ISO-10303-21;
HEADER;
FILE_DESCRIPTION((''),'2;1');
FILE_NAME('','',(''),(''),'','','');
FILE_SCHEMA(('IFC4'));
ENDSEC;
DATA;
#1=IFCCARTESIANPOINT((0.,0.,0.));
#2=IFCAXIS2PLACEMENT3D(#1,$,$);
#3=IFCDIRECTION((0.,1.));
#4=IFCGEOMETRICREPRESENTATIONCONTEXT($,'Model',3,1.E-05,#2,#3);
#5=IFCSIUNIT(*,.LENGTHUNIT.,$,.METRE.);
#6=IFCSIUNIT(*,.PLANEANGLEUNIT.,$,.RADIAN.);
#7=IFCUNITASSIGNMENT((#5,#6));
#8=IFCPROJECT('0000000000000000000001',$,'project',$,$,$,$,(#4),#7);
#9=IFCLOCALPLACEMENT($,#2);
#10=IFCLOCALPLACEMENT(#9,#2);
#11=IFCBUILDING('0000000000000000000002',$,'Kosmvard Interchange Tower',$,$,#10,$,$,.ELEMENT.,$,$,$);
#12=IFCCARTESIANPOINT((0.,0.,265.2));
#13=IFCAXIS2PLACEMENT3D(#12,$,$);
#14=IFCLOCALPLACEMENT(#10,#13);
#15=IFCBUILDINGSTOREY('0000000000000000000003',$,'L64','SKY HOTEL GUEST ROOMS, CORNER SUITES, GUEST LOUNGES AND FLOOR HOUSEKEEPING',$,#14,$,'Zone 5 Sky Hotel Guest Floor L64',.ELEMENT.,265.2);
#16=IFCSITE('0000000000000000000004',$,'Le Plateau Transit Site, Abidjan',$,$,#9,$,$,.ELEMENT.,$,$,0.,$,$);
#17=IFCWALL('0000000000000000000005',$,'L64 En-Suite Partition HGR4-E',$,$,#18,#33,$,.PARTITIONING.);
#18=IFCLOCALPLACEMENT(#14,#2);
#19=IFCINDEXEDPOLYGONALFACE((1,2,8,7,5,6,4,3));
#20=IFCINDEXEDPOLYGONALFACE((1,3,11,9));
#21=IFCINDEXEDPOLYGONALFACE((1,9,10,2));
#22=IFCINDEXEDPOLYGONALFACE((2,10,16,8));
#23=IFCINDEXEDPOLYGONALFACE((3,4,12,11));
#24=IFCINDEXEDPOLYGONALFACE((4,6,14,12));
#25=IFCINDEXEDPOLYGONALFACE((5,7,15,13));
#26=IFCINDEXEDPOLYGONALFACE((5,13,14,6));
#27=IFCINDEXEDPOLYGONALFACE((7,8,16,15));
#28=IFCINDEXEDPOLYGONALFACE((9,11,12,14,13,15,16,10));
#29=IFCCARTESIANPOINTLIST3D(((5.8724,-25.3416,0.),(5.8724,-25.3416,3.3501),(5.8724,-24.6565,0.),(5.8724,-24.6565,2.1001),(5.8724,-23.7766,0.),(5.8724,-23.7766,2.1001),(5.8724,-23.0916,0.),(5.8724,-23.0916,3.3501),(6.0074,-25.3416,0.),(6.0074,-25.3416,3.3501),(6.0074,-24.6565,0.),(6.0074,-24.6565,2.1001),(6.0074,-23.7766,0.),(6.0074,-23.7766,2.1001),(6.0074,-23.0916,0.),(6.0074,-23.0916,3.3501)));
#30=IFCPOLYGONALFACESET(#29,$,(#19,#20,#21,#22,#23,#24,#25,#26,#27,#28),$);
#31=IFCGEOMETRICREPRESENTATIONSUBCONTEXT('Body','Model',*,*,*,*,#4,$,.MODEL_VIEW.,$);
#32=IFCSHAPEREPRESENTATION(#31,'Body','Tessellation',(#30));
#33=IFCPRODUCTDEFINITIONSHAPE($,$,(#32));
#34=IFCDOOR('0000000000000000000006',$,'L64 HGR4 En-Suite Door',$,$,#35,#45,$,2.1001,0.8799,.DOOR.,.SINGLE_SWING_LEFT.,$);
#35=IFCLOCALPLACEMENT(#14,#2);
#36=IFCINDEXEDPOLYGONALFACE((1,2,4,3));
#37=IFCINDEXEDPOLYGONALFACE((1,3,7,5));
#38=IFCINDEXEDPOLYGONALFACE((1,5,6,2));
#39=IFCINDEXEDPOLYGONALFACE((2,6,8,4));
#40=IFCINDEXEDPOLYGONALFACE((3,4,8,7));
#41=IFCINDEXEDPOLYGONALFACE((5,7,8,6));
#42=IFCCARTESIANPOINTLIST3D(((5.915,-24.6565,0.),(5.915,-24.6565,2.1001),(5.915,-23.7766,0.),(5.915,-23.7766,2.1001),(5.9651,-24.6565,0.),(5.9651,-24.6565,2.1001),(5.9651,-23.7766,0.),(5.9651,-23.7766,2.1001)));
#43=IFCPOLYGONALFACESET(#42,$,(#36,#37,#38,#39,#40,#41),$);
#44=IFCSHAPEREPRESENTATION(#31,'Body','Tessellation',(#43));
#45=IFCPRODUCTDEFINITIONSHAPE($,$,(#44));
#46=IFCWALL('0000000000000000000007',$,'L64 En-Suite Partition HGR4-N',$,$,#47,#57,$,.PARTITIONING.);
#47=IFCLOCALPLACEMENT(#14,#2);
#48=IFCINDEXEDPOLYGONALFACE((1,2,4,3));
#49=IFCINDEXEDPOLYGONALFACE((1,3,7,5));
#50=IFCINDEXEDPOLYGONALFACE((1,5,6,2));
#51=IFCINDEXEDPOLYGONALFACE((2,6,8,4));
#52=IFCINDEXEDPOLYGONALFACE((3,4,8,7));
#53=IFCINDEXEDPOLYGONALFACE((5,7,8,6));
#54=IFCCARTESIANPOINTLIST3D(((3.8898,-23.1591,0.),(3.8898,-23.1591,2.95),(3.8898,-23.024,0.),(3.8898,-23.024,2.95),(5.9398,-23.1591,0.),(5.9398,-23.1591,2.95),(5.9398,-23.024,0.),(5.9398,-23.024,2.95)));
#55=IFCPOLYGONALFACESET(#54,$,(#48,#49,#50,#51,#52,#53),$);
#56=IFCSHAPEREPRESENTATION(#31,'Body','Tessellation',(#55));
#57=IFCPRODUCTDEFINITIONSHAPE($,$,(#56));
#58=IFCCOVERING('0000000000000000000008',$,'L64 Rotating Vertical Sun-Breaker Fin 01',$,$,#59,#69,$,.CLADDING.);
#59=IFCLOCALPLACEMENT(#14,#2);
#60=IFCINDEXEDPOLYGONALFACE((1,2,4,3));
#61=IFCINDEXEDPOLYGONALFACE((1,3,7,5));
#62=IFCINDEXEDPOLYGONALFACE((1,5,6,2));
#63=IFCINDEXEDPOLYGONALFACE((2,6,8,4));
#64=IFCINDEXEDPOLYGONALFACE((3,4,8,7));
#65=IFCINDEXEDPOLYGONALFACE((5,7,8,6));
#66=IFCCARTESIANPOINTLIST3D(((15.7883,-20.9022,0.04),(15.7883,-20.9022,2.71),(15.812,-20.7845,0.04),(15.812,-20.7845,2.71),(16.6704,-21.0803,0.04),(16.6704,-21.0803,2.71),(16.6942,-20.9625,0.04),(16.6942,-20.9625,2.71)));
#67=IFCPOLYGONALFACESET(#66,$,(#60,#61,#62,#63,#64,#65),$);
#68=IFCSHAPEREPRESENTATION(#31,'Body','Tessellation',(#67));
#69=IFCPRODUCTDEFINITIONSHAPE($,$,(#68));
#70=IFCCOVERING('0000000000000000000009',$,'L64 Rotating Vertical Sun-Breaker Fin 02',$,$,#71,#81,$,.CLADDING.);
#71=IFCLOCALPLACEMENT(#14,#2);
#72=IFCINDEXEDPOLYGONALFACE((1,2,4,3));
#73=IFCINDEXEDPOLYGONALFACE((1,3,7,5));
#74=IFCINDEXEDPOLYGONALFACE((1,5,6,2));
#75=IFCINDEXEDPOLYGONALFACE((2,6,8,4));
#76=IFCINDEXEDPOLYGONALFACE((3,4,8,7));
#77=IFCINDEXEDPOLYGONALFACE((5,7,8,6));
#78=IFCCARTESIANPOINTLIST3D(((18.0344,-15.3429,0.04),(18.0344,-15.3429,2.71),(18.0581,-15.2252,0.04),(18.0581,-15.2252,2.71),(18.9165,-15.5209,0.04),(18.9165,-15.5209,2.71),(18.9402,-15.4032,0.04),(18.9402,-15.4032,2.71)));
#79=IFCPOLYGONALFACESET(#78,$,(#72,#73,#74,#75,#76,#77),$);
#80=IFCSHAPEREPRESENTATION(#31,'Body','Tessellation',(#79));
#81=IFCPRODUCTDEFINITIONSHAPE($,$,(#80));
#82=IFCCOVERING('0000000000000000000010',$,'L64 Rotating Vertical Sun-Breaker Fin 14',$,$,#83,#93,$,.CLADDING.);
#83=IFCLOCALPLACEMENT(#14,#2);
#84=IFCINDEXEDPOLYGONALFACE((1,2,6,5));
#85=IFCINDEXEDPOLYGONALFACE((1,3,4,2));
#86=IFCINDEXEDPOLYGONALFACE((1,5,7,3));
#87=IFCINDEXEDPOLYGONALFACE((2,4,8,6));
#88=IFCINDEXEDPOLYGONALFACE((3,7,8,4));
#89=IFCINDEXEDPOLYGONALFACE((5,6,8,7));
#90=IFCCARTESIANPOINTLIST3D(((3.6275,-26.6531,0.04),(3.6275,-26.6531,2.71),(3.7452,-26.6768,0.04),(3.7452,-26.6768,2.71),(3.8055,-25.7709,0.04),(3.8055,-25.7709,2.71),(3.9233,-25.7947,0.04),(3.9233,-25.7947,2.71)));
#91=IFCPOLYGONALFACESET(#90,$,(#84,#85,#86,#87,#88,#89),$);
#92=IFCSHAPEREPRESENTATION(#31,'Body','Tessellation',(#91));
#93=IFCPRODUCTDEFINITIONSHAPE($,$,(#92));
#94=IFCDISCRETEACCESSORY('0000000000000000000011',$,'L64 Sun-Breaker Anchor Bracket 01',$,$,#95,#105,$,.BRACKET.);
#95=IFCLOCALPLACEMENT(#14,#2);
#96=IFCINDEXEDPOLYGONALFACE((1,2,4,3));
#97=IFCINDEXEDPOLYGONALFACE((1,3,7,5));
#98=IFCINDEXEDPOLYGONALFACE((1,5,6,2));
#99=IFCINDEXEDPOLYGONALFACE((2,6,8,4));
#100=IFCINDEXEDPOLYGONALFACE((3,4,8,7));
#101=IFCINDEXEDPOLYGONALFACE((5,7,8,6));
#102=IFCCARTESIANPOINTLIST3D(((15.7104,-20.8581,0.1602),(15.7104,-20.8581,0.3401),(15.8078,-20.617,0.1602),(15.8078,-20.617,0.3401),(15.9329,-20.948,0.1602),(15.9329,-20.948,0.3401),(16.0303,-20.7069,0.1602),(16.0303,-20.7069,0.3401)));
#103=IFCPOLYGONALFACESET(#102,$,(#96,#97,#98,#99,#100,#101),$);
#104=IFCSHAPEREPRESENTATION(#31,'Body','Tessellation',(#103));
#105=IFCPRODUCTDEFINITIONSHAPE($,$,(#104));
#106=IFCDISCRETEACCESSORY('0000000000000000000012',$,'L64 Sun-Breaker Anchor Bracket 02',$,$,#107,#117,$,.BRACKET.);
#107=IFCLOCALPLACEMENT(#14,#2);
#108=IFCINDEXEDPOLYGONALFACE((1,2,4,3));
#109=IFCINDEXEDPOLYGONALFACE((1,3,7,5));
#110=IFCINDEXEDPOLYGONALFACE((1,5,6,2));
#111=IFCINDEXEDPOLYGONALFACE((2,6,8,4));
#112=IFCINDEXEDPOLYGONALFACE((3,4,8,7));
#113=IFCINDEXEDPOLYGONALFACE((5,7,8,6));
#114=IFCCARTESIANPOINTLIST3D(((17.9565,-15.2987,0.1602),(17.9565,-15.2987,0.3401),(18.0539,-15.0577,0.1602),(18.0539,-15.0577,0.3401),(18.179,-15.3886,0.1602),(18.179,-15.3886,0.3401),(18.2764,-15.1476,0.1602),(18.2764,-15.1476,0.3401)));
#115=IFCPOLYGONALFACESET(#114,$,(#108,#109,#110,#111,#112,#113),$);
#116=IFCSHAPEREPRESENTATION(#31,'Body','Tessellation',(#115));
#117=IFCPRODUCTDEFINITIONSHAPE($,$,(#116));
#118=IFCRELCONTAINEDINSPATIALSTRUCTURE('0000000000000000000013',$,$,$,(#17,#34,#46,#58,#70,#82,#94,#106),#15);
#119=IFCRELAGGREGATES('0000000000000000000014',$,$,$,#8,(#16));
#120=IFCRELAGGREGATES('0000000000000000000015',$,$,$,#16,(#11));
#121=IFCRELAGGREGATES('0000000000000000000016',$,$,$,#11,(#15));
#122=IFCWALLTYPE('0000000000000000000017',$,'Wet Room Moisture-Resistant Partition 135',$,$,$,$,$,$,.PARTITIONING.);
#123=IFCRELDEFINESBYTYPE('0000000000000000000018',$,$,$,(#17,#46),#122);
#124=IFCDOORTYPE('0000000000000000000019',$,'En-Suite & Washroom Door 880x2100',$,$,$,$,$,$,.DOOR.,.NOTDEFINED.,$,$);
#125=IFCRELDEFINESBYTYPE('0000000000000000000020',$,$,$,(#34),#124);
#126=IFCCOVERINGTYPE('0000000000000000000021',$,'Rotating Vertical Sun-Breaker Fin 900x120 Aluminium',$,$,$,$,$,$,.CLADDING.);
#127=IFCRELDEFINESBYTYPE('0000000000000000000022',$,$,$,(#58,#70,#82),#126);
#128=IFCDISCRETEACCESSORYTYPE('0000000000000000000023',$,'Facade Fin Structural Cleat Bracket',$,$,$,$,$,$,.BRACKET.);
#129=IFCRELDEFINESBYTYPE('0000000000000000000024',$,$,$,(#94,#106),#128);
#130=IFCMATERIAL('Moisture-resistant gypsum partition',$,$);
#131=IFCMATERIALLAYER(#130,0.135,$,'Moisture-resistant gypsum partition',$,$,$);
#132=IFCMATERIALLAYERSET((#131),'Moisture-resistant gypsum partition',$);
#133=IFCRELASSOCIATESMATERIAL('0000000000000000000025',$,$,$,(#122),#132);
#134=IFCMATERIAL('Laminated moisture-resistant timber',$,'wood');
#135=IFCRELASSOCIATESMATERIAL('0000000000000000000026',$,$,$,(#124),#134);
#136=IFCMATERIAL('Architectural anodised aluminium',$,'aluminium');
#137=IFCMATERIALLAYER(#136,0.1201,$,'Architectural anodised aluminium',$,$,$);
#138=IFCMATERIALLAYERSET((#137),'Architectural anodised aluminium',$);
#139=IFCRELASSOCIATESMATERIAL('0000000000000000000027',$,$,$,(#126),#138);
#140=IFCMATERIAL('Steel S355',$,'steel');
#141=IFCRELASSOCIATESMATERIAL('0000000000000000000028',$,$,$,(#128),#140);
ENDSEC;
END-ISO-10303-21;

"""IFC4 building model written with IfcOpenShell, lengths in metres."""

from ifc_helpers import new_model, si_unit, direction, frame, frame_2d, origin, origin_2d, place, context, subcontext, project, spatial, rectangle, extrude, source, transform, mapped, material, layer, layer_set, type_object, element, fill, save


model = new_model("IFC4")

# Units and contexts
model_context = context("Model", 3, precision=1e-05, world=origin(), true_north=direction((0.0, 1.0)))
body_context = subcontext(model_context, "Body", "Model", "MODEL_VIEW")
ifc_project = project(units=[si_unit("LENGTHUNIT", "METRE"), si_unit("PLANEANGLEUNIT", "RADIAN")], contexts=[model_context])

# Site, building, storey
site_placement = place(None, origin())
site = spatial("IfcSite", under=ifc_project, at=site_placement, Name="Le Plateau Transit Site, Abidjan", CompositionType="ELEMENT", RefElevation=0.0)
building_placement = place(site_placement, origin())
building = spatial("IfcBuilding", under=site, at=building_placement, Name="Kosmvard Interchange Tower", CompositionType="ELEMENT")
storey_placement = place(building_placement, frame((0.0, 0.0, 265.2)))
storey = spatial("IfcBuildingStorey", under=building, at=storey_placement, Name="L64", Description="SKY HOTEL GUEST ROOMS, CORNER SUITES, GUEST LOUNGES AND FLOOR HOUSEKEEPING", LongName="Zone 5 Sky Hotel Guest Floor L64", CompositionType="ELEMENT", Elevation=265.2)

# Shared definitions
ifc_material_1 = material(Name="Steel S355", Category="steel")

# Shared definitions
ifc_material_2 = material(Name="Moisture-resistant gypsum partition")
ifc_layer_1 = layer(ifc_material_2, 0.135, Name="Moisture-resistant gypsum partition")
ifc_layer_set_1 = layer_set([ifc_layer_1], Name="Moisture-resistant gypsum partition")
wall_type_1 = type_object("IfcWallType", Name="Wet Room Moisture-Resistant Partition 135", PredefinedType="PARTITIONING", material=ifc_layer_set_1)

# Wall, opening, door
wall_1_placement = place(storey_placement, frame((5.9399, -25.3416, 0.0), z_axis=(0.0, 0.0, 1.0), x_axis=(0.0, 1.0, 0.0)))
wall_1 = element("IfcWall", 1, at=wall_1_placement, inside=storey, type_object=wall_type_1, Name="L64 En-Suite Partition HGR4-E", PredefinedType="PARTITIONING", context=body_context, shape_type="SweptSolid", body=[
    extrude(rectangle(XDim=2.25, YDim=0.135, at=frame_2d((1.125, 0.0))), origin(), (0.0, 0.0, 1.0), 3.3501),
])
opening_1_placement = place(wall_1_placement, frame((0.6851, 0.0, 0.0)))
opening_1 = element("IfcOpeningElement", 2, at=opening_1_placement, cuts=wall_1, PredefinedType="OPENING", context=body_context, shape_type="SweptSolid", body=[
    extrude(rectangle(XDim=0.8799, YDim=2.1001, at=frame_2d((0.4399, 1.05))), frame((0.0, 0.0776, 0.0), z_axis=(0.0, -1.0, 0.0), x_axis=(1.0, 0.0, 0.0)), (0.0, 0.0, 1.0), 0.155),
])
ifc_material_3 = material(Name="Laminated moisture-resistant timber", Category="wood")
door_type = type_object("IfcDoorType", Name="En-Suite & Washroom Door 880x2100", OperationType="NOTDEFINED", PredefinedType="DOOR", material=ifc_material_3)
shared_shape_1 = source(origin(), body_context, "Body", "SweptSolid", [
    extrude(rectangle(XDim=0.8799, YDim=2.1001, at=frame_2d((0.4399, 1.05))), frame((0.0, 0.0249, 0.0), z_axis=(0.0, -1.0, 0.0), x_axis=(1.0, 0.0, 0.0)), (0.0, 0.0, 1.0), 0.05),
])
door_placement = place(opening_1_placement, origin())
door = element("IfcDoor", 3, at=door_placement, inside=storey, type_object=door_type, Name="L64 HGR4 En-Suite Door", OperationType="SINGLE_SWING_LEFT", OverallHeight=2.1001, OverallWidth=0.8799, PredefinedType="DOOR", context=body_context, shape_type="MappedRepresentation", body=[
    mapped(shared_shape_1, transform((0.0, 0.0, 0.0), scale=1.0)),
])
fill(opening_1, door)

# Wall
wall_2_placement = place(storey_placement, frame((3.8899, -23.0916, 0.0), z_axis=(0.0, 0.0, 1.0), x_axis=(1.0, 0.0, 0.0)))
element("IfcWall", 4, at=wall_2_placement, inside=storey, type_object=wall_type_1, Name="L64 En-Suite Partition HGR4-N", PredefinedType="PARTITIONING", context=body_context, shape_type="SweptSolid", body=[
    extrude(rectangle(XDim=2.05, YDim=0.135, at=frame_2d((1.0249, 0.0))), origin(), (0.0, 0.0, 1.0), 2.95),
])

# Coverings
ifc_material_4 = material(Name="Architectural anodised aluminium", Category="aluminium")
ifc_layer_2 = layer(ifc_material_4, 0.1201, Name="Architectural anodised aluminium")
ifc_layer_set_2 = layer_set([ifc_layer_2], Name="Architectural anodised aluminium")
covering_type = type_object("IfcCoveringType", Name="Rotating Vertical Sun-Breaker Fin 900x120 Aluminium", PredefinedType="CLADDING", material=ifc_layer_set_2)
shared_shape_2 = source(origin(), body_context, "Body", "SweptSolid", [
    extrude(rectangle(XDim=0.8999, YDim=0.1201, at=origin_2d()), origin(), (0.0, 0.0, 1.0), 2.6699),
])
for number, where, z_axis, x_axis, name in (
    (5, (16.2412, -20.9324, 0.04), (0.0, 0.0, 1.0), (0.980237, -0.197828, 0.0), "L64 Rotating Vertical Sun-Breaker Fin 01"),
    (6, (18.4873, -15.373, 0.04), (0.0, 0.0, 1.0), (0.980237, -0.197828, 0.0), "L64 Rotating Vertical Sun-Breaker Fin 02"),
    (7, (3.7754, -26.2239, 0.04), (0.0, 0.0, 1.0), (-0.197828, -0.980237, 0.0), "L64 Rotating Vertical Sun-Breaker Fin 14"),
):
    element("IfcCovering", number, at=place(storey_placement, frame(where, z_axis=z_axis, x_axis=x_axis)), inside=storey, type_object=covering_type, Name=name, PredefinedType="CLADDING", context=body_context, shape_type="MappedRepresentation", body=[
        mapped(shared_shape_2, transform((0.0, 0.0, 0.0), scale=1.0)),
    ])

# Discrete accessories
discrete_accessory_type = type_object("IfcDiscreteAccessoryType", Name="Facade Fin Structural Cleat Bracket", PredefinedType="BRACKET", material=ifc_material_1)
shared_shape_3 = source(origin(), body_context, "Body", "SweptSolid", [
    extrude(rectangle(XDim=0.24, YDim=0.26, at=origin_2d()), origin(), (0.0, 0.0, 1.0), 0.1799),
])
for number, where, z_axis, x_axis, name in (
    (8, (15.8704, -20.7825, 0.1602), (0.0, 0.0, 1.0), (0.927184, -0.374607, 0.0), "L64 Sun-Breaker Anchor Bracket 01"),
    (9, (18.1165, -15.2231, 0.1602), (0.0, 0.0, 1.0), (0.927184, -0.374607, 0.0), "L64 Sun-Breaker Anchor Bracket 02"),
):
    element("IfcDiscreteAccessory", number, at=place(storey_placement, frame(where, z_axis=z_axis, x_axis=x_axis)), inside=storey, type_object=discrete_accessory_type, Name=name, PredefinedType="BRACKET", context=body_context, shape_type="MappedRepresentation", body=[
        mapped(shared_shape_3, transform((0.0, 0.0, 0.0), scale=1.0)),
    ])

save(model, "model.ifc")
